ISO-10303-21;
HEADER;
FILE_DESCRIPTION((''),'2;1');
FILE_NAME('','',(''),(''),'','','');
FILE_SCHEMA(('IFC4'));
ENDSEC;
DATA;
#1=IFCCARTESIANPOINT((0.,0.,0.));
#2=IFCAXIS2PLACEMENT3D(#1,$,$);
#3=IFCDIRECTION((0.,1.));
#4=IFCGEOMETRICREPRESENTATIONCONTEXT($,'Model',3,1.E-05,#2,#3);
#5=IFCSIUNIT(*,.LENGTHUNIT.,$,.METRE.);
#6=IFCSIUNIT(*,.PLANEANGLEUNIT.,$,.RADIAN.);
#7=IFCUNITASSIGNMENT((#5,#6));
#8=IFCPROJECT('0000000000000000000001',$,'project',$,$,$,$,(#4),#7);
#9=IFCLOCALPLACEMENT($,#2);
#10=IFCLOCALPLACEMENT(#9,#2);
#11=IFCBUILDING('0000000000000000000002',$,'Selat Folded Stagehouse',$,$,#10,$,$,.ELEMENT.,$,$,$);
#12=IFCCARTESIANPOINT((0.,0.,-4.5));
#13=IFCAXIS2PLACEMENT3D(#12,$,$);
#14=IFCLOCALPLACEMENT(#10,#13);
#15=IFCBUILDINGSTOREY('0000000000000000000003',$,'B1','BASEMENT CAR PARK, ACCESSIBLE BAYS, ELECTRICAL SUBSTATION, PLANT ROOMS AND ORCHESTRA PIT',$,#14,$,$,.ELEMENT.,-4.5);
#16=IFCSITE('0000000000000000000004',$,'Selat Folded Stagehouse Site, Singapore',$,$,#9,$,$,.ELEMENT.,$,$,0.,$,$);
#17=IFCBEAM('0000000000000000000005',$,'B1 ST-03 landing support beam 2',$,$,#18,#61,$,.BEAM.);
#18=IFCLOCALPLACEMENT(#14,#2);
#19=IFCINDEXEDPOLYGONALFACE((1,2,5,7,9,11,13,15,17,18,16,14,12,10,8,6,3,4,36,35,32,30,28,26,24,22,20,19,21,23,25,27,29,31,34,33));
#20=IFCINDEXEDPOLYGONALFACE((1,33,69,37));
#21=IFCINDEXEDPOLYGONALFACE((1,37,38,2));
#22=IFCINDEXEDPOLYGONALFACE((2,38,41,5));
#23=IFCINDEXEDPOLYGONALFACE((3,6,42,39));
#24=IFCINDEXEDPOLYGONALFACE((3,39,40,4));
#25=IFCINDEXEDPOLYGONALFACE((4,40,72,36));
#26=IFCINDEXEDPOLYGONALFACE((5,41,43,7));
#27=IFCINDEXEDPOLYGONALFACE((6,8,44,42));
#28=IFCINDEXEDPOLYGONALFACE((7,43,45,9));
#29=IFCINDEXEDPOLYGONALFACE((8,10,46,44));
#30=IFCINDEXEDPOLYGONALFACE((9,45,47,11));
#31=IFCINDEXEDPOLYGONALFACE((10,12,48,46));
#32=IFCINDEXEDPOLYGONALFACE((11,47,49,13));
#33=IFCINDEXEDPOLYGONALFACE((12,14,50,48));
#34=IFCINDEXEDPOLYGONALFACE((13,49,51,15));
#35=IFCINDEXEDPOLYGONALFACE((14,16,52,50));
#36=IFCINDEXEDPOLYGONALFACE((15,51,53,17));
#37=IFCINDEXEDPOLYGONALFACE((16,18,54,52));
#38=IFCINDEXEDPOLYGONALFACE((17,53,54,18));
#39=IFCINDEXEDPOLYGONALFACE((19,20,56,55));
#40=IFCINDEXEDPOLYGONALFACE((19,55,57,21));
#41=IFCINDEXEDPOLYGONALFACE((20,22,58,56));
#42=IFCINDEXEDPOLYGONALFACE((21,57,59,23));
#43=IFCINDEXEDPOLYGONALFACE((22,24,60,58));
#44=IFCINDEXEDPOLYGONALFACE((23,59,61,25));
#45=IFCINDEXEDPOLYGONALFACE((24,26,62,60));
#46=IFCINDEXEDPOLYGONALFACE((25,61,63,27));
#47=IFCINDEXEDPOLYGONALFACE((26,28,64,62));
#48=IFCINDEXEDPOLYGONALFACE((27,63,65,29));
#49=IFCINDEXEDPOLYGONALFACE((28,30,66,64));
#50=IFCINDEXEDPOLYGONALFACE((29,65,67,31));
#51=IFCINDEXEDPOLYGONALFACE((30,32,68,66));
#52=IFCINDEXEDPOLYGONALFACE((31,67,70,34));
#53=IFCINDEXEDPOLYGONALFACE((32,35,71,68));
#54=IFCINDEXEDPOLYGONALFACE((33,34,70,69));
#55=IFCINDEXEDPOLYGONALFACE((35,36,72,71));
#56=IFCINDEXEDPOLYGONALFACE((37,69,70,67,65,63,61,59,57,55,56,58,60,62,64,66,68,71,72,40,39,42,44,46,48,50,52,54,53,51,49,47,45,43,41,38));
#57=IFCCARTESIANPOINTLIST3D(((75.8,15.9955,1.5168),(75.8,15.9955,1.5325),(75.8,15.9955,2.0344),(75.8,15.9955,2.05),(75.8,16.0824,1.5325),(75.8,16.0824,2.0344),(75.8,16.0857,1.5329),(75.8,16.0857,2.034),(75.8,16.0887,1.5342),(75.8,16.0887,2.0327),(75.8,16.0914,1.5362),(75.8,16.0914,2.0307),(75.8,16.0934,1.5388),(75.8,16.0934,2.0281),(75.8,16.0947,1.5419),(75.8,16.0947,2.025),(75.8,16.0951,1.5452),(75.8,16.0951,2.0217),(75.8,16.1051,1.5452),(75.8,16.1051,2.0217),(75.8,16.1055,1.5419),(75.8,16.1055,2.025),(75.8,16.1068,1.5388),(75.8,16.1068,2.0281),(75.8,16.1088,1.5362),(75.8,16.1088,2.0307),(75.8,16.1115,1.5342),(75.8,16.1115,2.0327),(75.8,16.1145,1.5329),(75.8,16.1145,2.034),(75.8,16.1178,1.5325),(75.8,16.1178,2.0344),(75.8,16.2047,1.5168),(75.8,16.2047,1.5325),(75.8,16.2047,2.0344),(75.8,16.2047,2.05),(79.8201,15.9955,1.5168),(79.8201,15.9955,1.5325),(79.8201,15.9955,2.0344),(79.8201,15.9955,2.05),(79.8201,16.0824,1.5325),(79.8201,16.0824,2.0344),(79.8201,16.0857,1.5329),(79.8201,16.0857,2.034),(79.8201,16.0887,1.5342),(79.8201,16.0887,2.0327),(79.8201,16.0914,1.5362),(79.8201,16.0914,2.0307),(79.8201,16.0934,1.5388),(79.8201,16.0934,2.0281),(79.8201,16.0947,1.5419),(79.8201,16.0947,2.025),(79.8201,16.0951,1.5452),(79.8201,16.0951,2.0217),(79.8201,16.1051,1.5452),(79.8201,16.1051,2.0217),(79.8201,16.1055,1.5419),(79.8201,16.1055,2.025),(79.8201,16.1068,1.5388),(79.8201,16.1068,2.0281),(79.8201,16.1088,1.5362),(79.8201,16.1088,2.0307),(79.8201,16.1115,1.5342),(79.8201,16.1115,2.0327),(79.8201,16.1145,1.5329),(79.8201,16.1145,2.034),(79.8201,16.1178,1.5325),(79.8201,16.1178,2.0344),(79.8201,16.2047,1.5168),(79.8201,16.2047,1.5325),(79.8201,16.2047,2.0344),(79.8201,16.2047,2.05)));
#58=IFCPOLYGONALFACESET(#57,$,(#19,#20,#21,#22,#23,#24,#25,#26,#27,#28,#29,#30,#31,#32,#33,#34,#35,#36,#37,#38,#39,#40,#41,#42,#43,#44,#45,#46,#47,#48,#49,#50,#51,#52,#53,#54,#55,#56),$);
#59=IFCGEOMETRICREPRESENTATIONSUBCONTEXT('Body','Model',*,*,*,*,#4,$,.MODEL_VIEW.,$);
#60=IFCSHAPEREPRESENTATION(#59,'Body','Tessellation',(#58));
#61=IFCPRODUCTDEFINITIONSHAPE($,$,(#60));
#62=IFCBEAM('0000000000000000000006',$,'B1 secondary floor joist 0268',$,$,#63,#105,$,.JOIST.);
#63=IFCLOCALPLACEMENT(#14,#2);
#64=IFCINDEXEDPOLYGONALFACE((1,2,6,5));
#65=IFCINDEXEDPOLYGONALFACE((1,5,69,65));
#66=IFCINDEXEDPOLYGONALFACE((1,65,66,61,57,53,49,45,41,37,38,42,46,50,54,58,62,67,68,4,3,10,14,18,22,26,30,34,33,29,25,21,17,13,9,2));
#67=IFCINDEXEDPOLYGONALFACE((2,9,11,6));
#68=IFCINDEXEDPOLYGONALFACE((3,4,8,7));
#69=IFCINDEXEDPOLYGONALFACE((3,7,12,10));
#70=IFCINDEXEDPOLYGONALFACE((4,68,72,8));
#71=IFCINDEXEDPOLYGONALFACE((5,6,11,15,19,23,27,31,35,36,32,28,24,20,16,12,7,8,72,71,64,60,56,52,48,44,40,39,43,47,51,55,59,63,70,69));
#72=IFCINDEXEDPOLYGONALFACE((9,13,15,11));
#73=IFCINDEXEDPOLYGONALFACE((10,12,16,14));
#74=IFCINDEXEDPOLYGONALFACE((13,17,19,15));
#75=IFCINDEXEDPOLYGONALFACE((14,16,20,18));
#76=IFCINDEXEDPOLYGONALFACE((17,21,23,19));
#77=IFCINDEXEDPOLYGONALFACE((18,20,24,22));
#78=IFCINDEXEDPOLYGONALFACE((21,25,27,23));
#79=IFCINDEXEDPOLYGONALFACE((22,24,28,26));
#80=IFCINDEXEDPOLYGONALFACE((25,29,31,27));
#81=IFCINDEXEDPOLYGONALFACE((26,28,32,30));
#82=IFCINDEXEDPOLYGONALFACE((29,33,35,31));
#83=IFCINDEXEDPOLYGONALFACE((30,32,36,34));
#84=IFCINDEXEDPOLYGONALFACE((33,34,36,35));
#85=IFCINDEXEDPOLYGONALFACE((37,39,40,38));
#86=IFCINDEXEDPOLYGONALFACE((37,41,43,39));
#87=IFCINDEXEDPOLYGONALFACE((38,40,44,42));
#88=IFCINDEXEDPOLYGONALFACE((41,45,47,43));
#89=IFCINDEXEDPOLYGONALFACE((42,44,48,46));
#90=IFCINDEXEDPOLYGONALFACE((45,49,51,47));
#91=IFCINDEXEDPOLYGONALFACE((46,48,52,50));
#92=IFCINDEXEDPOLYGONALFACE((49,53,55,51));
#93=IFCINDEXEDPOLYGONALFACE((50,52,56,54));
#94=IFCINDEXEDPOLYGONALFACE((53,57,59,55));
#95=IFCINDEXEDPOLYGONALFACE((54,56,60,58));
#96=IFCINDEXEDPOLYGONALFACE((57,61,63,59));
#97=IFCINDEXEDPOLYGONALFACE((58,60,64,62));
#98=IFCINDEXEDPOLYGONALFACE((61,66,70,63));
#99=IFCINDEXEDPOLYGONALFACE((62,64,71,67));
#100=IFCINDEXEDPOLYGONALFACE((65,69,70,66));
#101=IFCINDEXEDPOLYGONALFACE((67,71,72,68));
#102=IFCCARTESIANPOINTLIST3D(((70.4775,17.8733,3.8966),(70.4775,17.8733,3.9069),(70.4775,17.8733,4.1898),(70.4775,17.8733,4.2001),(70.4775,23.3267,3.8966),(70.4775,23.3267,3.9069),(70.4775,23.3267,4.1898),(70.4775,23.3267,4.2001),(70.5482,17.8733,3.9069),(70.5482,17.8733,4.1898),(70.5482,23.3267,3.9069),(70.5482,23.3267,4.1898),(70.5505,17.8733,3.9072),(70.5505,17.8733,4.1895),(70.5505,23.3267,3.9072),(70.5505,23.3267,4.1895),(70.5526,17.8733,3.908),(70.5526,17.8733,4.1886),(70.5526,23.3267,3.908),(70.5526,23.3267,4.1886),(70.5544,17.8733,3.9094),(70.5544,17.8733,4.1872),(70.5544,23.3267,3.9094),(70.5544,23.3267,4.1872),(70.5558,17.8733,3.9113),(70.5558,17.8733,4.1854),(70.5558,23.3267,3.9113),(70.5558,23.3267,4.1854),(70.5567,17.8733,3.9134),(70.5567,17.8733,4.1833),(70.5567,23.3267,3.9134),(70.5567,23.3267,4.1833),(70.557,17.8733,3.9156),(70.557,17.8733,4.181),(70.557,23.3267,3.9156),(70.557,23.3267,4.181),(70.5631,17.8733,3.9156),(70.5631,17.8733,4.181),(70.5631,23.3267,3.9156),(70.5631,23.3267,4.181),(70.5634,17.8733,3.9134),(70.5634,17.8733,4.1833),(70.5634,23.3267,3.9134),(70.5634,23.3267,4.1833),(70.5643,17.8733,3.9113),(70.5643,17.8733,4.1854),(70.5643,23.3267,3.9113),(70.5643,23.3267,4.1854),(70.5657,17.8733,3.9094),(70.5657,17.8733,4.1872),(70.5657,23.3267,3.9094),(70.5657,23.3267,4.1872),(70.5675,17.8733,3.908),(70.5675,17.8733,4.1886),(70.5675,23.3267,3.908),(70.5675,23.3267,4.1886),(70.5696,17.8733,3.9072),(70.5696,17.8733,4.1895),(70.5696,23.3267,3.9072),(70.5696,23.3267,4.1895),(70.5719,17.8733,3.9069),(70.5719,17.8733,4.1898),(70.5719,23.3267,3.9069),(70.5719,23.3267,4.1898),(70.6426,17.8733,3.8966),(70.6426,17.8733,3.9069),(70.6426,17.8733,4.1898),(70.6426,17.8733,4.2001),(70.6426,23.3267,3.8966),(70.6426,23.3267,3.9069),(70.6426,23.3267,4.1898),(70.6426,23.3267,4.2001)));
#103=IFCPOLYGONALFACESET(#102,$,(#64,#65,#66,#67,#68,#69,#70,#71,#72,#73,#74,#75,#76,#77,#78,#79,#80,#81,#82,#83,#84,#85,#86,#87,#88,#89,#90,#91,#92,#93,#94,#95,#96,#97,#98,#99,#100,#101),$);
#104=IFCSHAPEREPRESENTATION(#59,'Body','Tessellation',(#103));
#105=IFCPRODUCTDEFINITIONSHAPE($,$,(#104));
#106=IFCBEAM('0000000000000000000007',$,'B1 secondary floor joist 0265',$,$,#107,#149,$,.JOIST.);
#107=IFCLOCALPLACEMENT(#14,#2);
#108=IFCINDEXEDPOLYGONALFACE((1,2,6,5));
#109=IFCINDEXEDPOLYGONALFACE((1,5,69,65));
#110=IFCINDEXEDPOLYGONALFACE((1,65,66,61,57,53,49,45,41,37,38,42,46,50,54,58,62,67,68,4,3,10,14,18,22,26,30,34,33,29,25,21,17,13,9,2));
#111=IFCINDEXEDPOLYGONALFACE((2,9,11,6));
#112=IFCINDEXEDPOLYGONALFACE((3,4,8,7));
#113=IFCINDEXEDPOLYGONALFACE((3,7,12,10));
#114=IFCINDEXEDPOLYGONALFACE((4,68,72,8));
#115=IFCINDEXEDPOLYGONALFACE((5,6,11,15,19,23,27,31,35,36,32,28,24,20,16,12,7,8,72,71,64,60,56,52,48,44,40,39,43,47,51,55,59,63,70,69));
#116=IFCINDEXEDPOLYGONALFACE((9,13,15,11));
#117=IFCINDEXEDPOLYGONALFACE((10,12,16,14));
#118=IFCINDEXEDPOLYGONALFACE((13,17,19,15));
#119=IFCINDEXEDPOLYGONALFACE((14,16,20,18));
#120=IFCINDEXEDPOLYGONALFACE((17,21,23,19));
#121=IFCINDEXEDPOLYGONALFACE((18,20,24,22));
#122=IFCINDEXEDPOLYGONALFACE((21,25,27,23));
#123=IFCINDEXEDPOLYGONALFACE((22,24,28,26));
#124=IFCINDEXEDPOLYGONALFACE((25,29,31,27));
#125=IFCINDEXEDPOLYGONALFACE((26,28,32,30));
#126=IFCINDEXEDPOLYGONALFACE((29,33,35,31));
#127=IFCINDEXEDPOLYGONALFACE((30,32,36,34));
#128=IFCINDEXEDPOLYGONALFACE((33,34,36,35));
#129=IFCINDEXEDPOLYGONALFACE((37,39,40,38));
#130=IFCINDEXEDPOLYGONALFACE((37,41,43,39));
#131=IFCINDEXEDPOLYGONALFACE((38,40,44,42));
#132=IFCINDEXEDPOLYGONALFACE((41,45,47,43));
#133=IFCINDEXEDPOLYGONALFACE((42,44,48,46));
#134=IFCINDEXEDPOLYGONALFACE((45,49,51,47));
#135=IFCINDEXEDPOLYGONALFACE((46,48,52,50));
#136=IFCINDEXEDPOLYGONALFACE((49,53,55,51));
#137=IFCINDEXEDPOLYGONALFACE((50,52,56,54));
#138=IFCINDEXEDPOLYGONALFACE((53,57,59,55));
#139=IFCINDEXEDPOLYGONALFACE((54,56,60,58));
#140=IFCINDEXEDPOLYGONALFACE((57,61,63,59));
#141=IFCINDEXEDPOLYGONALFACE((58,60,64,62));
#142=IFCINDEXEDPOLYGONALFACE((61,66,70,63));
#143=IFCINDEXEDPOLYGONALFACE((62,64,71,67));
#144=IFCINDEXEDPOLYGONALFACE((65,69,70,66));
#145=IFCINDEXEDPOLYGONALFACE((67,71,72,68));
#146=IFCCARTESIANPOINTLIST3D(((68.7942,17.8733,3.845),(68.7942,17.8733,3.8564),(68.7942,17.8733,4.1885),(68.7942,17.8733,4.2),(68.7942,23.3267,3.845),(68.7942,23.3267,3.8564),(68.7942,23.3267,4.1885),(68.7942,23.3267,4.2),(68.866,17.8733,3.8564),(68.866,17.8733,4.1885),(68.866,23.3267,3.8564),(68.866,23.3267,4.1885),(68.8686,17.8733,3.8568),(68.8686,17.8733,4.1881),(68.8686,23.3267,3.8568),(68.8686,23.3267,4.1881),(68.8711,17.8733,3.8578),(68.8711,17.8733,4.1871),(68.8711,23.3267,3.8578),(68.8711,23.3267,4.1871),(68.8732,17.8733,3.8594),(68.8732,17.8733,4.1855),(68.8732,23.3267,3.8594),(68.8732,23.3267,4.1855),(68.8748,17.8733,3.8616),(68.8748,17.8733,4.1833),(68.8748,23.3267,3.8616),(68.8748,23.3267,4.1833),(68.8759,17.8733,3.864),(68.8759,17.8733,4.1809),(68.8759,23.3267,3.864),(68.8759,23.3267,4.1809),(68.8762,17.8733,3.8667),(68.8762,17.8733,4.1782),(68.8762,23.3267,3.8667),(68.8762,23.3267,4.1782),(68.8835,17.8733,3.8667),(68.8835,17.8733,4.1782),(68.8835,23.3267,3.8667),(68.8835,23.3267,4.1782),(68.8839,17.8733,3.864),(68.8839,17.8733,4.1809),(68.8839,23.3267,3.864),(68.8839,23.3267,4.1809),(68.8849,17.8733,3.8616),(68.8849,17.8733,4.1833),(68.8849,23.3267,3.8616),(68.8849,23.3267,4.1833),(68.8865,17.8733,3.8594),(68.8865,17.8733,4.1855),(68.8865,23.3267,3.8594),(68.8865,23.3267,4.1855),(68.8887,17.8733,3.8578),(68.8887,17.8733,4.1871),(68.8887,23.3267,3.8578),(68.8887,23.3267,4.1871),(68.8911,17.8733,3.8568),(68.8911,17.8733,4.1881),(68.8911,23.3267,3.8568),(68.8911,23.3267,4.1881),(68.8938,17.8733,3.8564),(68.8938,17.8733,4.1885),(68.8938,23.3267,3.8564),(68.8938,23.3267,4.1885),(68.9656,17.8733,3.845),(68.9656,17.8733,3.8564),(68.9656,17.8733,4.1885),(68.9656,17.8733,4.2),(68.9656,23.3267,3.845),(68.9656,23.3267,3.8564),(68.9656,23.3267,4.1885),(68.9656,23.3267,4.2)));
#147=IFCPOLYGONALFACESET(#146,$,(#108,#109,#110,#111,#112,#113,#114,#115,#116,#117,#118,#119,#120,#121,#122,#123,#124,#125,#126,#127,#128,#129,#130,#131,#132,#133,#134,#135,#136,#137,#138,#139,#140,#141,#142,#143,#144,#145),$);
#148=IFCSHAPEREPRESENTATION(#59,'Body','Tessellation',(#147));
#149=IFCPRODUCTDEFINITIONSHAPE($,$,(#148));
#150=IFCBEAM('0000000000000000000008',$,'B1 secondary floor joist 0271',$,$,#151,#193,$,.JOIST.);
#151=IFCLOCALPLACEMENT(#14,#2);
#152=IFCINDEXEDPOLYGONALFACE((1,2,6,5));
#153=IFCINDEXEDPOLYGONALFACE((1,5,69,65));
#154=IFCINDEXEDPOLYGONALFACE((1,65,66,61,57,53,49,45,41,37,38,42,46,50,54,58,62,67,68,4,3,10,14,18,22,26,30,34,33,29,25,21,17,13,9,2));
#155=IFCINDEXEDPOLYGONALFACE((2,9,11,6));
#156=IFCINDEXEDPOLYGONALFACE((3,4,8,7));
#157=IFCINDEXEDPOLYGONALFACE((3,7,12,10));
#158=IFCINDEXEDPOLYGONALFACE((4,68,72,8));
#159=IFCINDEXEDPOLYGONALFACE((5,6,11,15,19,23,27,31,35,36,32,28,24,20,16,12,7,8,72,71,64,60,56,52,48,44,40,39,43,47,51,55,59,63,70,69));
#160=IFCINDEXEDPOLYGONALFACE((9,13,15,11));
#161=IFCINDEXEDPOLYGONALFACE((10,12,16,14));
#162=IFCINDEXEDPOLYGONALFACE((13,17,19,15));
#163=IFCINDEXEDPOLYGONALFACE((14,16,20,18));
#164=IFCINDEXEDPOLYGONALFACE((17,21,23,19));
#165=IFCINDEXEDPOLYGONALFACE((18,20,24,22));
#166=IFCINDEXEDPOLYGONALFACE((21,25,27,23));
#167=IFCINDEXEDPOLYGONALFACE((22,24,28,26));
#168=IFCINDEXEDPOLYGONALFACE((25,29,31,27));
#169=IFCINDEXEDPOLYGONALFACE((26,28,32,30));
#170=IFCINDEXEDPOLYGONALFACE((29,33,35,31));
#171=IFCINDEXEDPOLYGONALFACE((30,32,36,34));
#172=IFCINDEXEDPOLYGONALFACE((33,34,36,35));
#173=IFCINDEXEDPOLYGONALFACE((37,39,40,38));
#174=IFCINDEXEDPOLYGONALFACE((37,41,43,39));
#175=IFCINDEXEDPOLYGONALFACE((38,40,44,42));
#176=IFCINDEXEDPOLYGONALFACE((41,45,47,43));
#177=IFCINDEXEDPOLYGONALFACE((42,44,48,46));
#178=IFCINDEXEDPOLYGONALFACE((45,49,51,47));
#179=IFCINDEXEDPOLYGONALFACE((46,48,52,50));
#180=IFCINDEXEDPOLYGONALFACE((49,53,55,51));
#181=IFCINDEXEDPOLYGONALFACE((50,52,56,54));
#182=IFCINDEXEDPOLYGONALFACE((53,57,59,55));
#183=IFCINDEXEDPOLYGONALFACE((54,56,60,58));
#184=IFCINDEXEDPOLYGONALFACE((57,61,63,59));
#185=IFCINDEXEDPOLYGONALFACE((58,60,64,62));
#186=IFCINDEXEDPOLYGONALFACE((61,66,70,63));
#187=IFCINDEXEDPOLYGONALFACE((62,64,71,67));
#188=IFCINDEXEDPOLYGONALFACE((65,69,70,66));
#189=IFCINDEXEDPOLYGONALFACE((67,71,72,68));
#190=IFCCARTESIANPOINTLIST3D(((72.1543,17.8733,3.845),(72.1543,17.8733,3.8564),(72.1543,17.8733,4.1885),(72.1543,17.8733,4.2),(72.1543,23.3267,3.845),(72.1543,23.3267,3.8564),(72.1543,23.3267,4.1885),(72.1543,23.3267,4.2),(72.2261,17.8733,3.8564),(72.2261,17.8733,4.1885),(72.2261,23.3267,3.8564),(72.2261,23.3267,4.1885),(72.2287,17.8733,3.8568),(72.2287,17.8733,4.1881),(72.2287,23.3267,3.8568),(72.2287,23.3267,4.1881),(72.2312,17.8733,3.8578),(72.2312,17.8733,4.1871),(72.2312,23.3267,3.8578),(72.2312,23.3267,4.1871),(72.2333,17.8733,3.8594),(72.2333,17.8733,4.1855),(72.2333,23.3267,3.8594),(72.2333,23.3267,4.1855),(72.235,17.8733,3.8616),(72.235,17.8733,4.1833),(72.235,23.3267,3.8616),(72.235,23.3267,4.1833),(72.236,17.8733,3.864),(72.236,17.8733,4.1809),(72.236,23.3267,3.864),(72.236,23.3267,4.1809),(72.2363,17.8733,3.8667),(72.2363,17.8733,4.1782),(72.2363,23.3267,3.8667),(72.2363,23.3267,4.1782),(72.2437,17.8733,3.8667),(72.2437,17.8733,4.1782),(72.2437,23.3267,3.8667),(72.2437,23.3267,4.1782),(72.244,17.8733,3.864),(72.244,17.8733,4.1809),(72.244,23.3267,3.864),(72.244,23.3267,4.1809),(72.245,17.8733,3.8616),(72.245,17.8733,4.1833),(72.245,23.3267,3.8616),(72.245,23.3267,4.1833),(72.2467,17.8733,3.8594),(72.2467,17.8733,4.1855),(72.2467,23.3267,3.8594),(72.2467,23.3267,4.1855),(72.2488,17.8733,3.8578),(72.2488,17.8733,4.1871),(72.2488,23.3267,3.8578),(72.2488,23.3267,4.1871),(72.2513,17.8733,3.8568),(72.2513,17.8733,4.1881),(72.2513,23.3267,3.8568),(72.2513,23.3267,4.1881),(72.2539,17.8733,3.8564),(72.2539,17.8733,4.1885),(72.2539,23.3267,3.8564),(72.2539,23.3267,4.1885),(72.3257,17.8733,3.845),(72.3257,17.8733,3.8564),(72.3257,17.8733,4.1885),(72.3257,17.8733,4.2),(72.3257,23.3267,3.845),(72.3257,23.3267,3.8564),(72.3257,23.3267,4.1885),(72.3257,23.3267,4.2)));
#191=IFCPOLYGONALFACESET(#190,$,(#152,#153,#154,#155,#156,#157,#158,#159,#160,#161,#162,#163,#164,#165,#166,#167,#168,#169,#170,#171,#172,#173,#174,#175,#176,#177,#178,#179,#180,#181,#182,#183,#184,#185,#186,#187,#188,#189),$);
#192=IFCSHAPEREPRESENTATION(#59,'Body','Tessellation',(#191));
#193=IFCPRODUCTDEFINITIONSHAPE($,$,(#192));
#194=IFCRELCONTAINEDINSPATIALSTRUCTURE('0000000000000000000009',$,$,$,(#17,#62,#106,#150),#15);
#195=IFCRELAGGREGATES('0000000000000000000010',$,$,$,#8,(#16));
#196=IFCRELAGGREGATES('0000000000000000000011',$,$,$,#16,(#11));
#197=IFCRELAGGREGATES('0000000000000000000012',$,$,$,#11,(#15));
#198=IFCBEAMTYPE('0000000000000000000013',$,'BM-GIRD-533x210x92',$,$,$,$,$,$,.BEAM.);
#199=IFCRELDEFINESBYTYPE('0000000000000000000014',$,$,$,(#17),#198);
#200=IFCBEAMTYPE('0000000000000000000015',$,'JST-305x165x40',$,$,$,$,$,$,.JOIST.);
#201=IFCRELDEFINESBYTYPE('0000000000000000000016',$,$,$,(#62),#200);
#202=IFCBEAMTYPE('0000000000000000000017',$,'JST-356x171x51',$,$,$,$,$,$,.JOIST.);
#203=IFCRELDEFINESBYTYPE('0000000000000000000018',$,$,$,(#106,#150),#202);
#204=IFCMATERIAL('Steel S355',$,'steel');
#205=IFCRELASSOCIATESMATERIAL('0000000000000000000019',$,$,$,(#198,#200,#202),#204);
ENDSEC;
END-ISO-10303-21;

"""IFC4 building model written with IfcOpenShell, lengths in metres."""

from ifc_helpers import new_model, si_unit, direction, frame, origin, origin_2d, place, context, subcontext, project, spatial, i_section, extrude, material, material_profile, profile_set, type_object, element, save


model = new_model("IFC4")

# Units and contexts
model_context = context("Model", 3, precision=1e-05, world=origin(), true_north=direction((0.0, 1.0)))
body_context = subcontext(model_context, "Body", "Model", "MODEL_VIEW")
ifc_project = project(units=[si_unit("LENGTHUNIT", "METRE"), si_unit("PLANEANGLEUNIT", "RADIAN")], contexts=[model_context])

# Site, building, storey
site_placement = place(None, origin())
site = spatial("IfcSite", under=ifc_project, at=site_placement, Name="Selat Folded Stagehouse Site, Singapore", CompositionType="ELEMENT", RefElevation=0.0)
building_placement = place(site_placement, origin())
building = spatial("IfcBuilding", under=site, at=building_placement, Name="Selat Folded Stagehouse", CompositionType="ELEMENT")
storey_placement = place(building_placement, frame((0.0, 0.0, -4.5)))
storey = spatial("IfcBuildingStorey", under=building, at=storey_placement, Name="B1", Description="BASEMENT CAR PARK, ACCESSIBLE BAYS, ELECTRICAL SUBSTATION, PLANT ROOMS AND ORCHESTRA PIT", CompositionType="ELEMENT", Elevation=-4.5)

# Shared definitions
ifc_material_1 = material(Name="Steel S355", Category="steel")

# Beams
ifc_material_profile_1 = material_profile(ifc_material_1, i_section(OverallWidth=0.2092, OverallDepth=0.5332, WebThickness=0.01, FlangeThickness=0.0156, FilletRadius=0.0127, at=origin_2d()), Name="UKB 533x210x92")
ifc_profile_set_1 = profile_set([ifc_material_profile_1], Name="Steel S355")
beam_type_1 = type_object("IfcBeamType", Name="BM-GIRD-533x210x92", PredefinedType="BEAM", material=ifc_profile_set_1)
for number, where, z_axis, x_axis, name in (
    (1, (75.8, 16.1001, 1.7834), (1.0, 0.0, 0.0), (0.0, 1.0, 0.0), "B1 ST-03 landing support beam 2"),
):
    element("IfcBeam", number, at=place(storey_placement, frame(where, z_axis=z_axis, x_axis=x_axis)), inside=storey, type_object=beam_type_1, Name=name, PredefinedType="BEAM", context=body_context, shape_type="SweptSolid", body=[
        extrude(i_section(OverallWidth=0.2092, OverallDepth=0.5332, WebThickness=0.01, FlangeThickness=0.0156, FilletRadius=0.0127, at=origin_2d()), origin(), (0.0, 0.0, 1.0), 4.02),
    ])
ifc_material_profile_2 = material_profile(ifc_material_1, i_section(OverallWidth=0.165, OverallDepth=0.3035, WebThickness=0.0061, FlangeThickness=0.0103, FilletRadius=0.0088, at=origin_2d()), Name="UKB 305x165x40")
ifc_profile_set_2 = profile_set([ifc_material_profile_2], Name="Steel S355")
beam_type_2 = type_object("IfcBeamType", Name="JST-305x165x40", PredefinedType="JOIST", material=ifc_profile_set_2)
beam_1_placement = place(storey_placement, frame((70.5601, 17.8733, 4.0483), z_axis=(0.0, 1.0, 0.0), x_axis=(-1.0, 0.0, 0.0)))
element("IfcBeam", 2, at=beam_1_placement, inside=storey, type_object=beam_type_2, Name="B1 secondary floor joist 0268", PredefinedType="JOIST", context=body_context, shape_type="SweptSolid", body=[
    extrude(i_section(OverallWidth=0.165, OverallDepth=0.3035, WebThickness=0.0061, FlangeThickness=0.0103, FilletRadius=0.0088, at=origin_2d()), origin(), (0.0, 0.0, 1.0), 5.4534),
])
ifc_material_profile_3 = material_profile(ifc_material_1, i_section(OverallWidth=0.1714, OverallDepth=0.355, WebThickness=0.0073, FlangeThickness=0.0115, FilletRadius=0.0103, at=origin_2d()), Name="UKB 356x171x51")
ifc_profile_set_3 = profile_set([ifc_material_profile_3], Name="Steel S355")
beam_type_3 = type_object("IfcBeamType", Name="JST-356x171x51", PredefinedType="JOIST", material=ifc_profile_set_3)
for number, where, z_axis, x_axis, name in (
    (3, (68.8799, 17.8733, 4.0225), (0.0, 1.0, 0.0), (-1.0, 0.0, 0.0), "B1 secondary floor joist 0265"),
    (4, (72.24, 17.8733, 4.0225), (0.0, 1.0, 0.0), (-1.0, 0.0, 0.0), "B1 secondary floor joist 0271"),
):
    element("IfcBeam", number, at=place(storey_placement, frame(where, z_axis=z_axis, x_axis=x_axis)), inside=storey, type_object=beam_type_3, Name=name, PredefinedType="JOIST", context=body_context, shape_type="SweptSolid", body=[
        extrude(i_section(OverallWidth=0.1714, OverallDepth=0.355, WebThickness=0.0073, FlangeThickness=0.0115, FilletRadius=0.0103, at=origin_2d()), origin(), (0.0, 0.0, 1.0), 5.4534),
    ])

save(model, "model.ifc")
